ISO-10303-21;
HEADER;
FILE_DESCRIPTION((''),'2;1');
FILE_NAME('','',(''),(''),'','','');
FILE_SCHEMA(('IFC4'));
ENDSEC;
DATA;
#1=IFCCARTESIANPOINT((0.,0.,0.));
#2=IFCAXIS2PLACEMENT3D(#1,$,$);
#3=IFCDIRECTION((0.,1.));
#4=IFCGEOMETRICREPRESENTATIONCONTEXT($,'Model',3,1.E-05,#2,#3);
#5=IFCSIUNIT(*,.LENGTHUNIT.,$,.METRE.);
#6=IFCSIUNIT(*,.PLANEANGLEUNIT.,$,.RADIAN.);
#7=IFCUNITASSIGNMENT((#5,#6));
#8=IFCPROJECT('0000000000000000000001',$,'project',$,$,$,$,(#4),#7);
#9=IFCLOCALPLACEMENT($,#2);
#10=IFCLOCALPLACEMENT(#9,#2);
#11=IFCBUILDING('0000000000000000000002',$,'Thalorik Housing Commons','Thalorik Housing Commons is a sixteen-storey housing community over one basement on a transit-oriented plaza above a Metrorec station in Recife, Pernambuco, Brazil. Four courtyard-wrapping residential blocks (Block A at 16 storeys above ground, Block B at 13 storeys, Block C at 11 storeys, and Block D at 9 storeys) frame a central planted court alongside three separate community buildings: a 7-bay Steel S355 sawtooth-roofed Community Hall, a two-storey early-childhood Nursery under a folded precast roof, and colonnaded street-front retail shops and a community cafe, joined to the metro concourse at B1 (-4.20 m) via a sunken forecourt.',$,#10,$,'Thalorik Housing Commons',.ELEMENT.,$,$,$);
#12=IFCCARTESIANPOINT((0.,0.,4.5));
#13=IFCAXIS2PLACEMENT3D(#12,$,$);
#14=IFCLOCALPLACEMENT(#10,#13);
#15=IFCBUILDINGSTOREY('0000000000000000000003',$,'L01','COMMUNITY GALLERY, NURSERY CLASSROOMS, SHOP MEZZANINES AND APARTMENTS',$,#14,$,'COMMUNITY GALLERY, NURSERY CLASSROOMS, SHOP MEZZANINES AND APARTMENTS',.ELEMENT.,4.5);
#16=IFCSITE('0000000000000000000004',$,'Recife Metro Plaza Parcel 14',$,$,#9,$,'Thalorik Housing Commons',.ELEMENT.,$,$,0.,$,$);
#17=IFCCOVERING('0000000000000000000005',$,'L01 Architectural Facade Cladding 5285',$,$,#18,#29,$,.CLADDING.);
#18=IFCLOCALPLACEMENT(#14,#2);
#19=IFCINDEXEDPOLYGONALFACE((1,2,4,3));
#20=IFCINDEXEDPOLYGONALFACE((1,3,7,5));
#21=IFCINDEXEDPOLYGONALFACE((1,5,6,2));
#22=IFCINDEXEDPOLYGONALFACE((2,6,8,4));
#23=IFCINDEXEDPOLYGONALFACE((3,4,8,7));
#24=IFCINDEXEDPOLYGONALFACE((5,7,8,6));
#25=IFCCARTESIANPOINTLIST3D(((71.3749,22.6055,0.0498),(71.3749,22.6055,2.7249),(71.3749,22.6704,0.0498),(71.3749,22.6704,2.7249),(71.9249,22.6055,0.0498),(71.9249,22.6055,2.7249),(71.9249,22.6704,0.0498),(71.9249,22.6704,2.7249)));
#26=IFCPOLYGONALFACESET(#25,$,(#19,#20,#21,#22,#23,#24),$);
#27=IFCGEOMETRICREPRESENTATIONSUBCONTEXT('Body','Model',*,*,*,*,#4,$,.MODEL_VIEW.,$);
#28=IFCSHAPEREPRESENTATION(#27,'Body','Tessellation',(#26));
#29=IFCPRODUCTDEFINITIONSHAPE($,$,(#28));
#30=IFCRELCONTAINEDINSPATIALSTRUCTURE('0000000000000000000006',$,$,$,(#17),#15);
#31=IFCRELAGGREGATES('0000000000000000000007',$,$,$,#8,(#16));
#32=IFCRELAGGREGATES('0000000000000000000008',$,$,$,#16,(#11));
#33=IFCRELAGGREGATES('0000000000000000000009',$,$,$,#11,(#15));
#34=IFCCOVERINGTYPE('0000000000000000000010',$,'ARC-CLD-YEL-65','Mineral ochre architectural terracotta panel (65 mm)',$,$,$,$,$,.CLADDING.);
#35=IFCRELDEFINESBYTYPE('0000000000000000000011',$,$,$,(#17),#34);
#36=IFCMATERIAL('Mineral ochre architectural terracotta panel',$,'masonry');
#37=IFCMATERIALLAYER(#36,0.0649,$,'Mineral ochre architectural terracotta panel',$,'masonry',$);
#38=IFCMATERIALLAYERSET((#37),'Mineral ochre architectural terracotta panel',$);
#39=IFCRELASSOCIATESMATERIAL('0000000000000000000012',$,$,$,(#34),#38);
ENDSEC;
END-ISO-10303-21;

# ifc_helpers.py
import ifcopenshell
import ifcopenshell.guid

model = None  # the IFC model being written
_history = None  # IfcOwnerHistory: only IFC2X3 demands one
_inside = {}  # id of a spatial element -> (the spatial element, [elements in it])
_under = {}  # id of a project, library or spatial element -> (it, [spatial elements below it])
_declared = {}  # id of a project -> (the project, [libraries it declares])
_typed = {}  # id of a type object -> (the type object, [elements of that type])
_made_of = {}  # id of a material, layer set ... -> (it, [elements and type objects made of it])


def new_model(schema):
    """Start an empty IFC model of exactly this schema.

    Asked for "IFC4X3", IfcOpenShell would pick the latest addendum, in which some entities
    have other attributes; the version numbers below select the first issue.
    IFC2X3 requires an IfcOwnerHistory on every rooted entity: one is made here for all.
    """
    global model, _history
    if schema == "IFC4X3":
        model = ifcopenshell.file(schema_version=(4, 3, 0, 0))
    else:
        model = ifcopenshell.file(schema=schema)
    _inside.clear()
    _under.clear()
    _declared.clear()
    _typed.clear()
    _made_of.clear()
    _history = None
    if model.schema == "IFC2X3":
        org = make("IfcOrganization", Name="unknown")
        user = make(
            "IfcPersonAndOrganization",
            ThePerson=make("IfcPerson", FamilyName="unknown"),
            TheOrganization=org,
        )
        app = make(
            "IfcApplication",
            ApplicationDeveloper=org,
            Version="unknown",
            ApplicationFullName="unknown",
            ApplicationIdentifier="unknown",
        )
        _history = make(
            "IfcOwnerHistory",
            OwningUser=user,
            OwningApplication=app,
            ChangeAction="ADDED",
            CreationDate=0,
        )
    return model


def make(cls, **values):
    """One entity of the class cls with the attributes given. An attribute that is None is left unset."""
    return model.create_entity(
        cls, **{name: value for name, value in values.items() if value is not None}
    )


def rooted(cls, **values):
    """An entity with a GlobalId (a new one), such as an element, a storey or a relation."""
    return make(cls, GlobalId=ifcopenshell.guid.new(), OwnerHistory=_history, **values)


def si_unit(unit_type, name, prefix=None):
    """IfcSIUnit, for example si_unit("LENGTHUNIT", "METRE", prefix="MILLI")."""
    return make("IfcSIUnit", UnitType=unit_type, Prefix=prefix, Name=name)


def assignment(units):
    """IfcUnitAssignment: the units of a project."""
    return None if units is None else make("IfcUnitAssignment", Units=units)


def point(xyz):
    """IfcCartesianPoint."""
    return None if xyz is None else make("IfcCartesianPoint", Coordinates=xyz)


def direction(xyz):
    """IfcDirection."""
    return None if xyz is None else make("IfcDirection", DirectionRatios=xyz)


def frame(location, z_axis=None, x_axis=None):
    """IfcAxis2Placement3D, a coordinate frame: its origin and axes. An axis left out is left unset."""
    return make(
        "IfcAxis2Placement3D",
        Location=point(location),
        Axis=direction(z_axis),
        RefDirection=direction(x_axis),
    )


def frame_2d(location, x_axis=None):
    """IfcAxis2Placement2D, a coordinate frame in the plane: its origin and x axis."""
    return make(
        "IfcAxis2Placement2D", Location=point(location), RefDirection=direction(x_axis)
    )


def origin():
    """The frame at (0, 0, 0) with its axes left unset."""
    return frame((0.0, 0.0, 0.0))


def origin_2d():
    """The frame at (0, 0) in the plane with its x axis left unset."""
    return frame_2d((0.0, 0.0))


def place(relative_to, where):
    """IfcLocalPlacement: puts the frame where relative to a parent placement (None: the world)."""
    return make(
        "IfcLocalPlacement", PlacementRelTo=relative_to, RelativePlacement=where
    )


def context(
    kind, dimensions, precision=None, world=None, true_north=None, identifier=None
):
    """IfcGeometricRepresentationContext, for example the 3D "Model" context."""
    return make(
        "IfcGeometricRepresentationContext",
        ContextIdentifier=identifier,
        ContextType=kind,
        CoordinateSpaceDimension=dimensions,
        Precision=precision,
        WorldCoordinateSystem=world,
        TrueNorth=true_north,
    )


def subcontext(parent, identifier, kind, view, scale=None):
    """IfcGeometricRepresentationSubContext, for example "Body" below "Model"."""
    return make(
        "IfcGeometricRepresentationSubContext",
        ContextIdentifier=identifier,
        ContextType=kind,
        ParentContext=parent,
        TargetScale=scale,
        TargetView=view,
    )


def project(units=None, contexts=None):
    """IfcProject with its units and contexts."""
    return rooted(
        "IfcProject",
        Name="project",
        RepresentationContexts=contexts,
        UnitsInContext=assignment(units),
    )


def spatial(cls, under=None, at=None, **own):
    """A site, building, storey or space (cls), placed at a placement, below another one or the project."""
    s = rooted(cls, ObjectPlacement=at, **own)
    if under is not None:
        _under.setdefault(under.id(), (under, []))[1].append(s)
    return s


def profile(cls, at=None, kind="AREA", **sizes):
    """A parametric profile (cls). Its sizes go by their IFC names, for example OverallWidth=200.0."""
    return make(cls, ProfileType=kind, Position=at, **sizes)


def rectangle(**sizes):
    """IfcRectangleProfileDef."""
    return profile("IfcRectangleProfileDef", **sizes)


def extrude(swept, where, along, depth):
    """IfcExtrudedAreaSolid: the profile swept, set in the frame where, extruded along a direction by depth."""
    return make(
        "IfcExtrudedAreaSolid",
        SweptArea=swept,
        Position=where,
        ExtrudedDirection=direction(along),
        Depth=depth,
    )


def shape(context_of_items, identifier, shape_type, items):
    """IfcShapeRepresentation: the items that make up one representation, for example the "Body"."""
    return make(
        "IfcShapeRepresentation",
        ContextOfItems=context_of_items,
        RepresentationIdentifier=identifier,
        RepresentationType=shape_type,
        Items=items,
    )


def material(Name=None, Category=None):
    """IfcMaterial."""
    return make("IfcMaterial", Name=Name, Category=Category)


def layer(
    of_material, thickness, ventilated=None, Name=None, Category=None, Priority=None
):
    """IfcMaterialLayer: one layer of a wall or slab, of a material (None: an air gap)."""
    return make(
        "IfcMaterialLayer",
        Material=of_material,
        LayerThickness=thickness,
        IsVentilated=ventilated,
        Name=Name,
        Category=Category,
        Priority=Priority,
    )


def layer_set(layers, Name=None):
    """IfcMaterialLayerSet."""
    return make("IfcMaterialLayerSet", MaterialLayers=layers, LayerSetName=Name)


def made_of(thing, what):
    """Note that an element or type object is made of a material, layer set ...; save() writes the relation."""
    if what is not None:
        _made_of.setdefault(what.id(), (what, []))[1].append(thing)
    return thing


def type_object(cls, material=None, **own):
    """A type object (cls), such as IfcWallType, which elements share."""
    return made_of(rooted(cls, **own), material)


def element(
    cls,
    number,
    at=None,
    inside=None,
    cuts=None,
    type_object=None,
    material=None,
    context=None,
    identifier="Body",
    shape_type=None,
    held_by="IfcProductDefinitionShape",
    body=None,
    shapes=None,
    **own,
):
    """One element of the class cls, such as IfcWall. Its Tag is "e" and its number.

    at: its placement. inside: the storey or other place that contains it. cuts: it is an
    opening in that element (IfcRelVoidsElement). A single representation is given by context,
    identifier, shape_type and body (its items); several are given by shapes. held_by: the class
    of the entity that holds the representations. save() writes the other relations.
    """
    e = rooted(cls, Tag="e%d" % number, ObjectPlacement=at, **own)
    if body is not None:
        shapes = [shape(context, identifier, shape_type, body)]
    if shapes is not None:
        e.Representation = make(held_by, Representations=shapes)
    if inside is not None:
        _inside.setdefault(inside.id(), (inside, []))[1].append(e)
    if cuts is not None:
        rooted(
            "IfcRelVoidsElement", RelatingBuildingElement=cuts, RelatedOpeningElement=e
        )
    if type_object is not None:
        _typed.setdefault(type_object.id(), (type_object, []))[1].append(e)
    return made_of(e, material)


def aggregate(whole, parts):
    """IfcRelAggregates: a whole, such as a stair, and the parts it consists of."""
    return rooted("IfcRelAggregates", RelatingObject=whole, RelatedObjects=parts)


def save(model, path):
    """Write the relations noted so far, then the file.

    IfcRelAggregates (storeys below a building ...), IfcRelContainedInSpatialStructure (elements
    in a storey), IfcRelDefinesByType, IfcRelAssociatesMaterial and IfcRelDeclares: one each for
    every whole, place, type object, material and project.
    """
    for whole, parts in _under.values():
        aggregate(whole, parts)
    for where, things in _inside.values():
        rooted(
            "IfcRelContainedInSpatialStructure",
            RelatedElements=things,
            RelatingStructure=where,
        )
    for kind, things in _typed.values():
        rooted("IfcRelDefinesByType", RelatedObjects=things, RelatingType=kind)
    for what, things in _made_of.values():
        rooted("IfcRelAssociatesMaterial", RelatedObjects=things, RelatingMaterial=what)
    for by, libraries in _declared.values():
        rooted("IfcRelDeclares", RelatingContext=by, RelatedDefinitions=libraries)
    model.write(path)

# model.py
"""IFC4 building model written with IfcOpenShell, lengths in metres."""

from ifc_helpers import new_model, si_unit, direction, frame, origin, origin_2d, place, context, subcontext, project, spatial, rectangle, extrude, material, layer, layer_set, type_object, element, save


model = new_model("IFC4")

# Units and contexts
model_context = context("Model", 3, precision=1e-05, world=origin(), true_north=direction((0.0, 1.0)))
body_context = subcontext(model_context, "Body", "Model", "MODEL_VIEW")
ifc_project = project(units=[si_unit("LENGTHUNIT", "METRE"), si_unit("PLANEANGLEUNIT", "RADIAN")], contexts=[model_context])

# Site, building, storey
site_placement = place(None, origin())
site = spatial("IfcSite", under=ifc_project, at=site_placement, Name="Recife Metro Plaza Parcel 14", LongName="Thalorik Housing Commons", CompositionType="ELEMENT", RefElevation=0.0)
building_placement = place(site_placement, origin())
building = spatial("IfcBuilding", under=site, at=building_placement, Name="Thalorik Housing Commons", Description="Thalorik Housing Commons is a sixteen-storey housing community over one basement on a transit-oriented plaza above a Metrorec station in Recife, Pernambuco, Brazil. Four courtyard-wrapping residential blocks (Block A at 16 storeys above ground, Block B at 13 storeys, Block C at 11 storeys, and Block D at 9 storeys) frame a central planted court alongside three separate community buildings: a 7-bay Steel S355 sawtooth-roofed Community Hall, a two-storey early-childhood Nursery under a folded precast roof, and colonnaded street-front retail shops and a community cafe, joined to the metro concourse at B1 (-4.20 m) via a sunken forecourt.", LongName="Thalorik Housing Commons", CompositionType="ELEMENT")
storey_placement = place(building_placement, frame((0.0, 0.0, 4.5)))
storey = spatial("IfcBuildingStorey", under=building, at=storey_placement, Name="L01", Description="COMMUNITY GALLERY, NURSERY CLASSROOMS, SHOP MEZZANINES AND APARTMENTS", LongName="COMMUNITY GALLERY, NURSERY CLASSROOMS, SHOP MEZZANINES AND APARTMENTS", CompositionType="ELEMENT", Elevation=4.5)

# Covering
ifc_material_1 = material(Name="Mineral ochre architectural terracotta panel", Category="masonry")
ifc_layer_1 = layer(ifc_material_1, 0.0649, Name="Mineral ochre architectural terracotta panel", Category="masonry")
ifc_layer_set_1 = layer_set([ifc_layer_1], Name="Mineral ochre architectural terracotta panel")
covering_type_1 = type_object("IfcCoveringType", Name="ARC-CLD-YEL-65", Description="Mineral ochre architectural terracotta panel (65 mm)", PredefinedType="CLADDING", material=ifc_layer_set_1)
covering_placement = place(storey_placement, frame((71.6499, 22.6379, 0.0498), z_axis=(0.0, 0.0, 1.0), x_axis=(1.0, 0.0, 0.0)))
element("IfcCovering", 1, at=covering_placement, inside=storey, type_object=covering_type_1, Name="L01 Architectural Facade Cladding 5285", PredefinedType="CLADDING", context=body_context, shape_type="SweptSolid", body=[
    extrude(rectangle(XDim=0.55, YDim=0.0649, at=origin_2d()), origin(), (0.0, 0.0, 1.0), 2.675),
])

save(model, "model.ifc")
